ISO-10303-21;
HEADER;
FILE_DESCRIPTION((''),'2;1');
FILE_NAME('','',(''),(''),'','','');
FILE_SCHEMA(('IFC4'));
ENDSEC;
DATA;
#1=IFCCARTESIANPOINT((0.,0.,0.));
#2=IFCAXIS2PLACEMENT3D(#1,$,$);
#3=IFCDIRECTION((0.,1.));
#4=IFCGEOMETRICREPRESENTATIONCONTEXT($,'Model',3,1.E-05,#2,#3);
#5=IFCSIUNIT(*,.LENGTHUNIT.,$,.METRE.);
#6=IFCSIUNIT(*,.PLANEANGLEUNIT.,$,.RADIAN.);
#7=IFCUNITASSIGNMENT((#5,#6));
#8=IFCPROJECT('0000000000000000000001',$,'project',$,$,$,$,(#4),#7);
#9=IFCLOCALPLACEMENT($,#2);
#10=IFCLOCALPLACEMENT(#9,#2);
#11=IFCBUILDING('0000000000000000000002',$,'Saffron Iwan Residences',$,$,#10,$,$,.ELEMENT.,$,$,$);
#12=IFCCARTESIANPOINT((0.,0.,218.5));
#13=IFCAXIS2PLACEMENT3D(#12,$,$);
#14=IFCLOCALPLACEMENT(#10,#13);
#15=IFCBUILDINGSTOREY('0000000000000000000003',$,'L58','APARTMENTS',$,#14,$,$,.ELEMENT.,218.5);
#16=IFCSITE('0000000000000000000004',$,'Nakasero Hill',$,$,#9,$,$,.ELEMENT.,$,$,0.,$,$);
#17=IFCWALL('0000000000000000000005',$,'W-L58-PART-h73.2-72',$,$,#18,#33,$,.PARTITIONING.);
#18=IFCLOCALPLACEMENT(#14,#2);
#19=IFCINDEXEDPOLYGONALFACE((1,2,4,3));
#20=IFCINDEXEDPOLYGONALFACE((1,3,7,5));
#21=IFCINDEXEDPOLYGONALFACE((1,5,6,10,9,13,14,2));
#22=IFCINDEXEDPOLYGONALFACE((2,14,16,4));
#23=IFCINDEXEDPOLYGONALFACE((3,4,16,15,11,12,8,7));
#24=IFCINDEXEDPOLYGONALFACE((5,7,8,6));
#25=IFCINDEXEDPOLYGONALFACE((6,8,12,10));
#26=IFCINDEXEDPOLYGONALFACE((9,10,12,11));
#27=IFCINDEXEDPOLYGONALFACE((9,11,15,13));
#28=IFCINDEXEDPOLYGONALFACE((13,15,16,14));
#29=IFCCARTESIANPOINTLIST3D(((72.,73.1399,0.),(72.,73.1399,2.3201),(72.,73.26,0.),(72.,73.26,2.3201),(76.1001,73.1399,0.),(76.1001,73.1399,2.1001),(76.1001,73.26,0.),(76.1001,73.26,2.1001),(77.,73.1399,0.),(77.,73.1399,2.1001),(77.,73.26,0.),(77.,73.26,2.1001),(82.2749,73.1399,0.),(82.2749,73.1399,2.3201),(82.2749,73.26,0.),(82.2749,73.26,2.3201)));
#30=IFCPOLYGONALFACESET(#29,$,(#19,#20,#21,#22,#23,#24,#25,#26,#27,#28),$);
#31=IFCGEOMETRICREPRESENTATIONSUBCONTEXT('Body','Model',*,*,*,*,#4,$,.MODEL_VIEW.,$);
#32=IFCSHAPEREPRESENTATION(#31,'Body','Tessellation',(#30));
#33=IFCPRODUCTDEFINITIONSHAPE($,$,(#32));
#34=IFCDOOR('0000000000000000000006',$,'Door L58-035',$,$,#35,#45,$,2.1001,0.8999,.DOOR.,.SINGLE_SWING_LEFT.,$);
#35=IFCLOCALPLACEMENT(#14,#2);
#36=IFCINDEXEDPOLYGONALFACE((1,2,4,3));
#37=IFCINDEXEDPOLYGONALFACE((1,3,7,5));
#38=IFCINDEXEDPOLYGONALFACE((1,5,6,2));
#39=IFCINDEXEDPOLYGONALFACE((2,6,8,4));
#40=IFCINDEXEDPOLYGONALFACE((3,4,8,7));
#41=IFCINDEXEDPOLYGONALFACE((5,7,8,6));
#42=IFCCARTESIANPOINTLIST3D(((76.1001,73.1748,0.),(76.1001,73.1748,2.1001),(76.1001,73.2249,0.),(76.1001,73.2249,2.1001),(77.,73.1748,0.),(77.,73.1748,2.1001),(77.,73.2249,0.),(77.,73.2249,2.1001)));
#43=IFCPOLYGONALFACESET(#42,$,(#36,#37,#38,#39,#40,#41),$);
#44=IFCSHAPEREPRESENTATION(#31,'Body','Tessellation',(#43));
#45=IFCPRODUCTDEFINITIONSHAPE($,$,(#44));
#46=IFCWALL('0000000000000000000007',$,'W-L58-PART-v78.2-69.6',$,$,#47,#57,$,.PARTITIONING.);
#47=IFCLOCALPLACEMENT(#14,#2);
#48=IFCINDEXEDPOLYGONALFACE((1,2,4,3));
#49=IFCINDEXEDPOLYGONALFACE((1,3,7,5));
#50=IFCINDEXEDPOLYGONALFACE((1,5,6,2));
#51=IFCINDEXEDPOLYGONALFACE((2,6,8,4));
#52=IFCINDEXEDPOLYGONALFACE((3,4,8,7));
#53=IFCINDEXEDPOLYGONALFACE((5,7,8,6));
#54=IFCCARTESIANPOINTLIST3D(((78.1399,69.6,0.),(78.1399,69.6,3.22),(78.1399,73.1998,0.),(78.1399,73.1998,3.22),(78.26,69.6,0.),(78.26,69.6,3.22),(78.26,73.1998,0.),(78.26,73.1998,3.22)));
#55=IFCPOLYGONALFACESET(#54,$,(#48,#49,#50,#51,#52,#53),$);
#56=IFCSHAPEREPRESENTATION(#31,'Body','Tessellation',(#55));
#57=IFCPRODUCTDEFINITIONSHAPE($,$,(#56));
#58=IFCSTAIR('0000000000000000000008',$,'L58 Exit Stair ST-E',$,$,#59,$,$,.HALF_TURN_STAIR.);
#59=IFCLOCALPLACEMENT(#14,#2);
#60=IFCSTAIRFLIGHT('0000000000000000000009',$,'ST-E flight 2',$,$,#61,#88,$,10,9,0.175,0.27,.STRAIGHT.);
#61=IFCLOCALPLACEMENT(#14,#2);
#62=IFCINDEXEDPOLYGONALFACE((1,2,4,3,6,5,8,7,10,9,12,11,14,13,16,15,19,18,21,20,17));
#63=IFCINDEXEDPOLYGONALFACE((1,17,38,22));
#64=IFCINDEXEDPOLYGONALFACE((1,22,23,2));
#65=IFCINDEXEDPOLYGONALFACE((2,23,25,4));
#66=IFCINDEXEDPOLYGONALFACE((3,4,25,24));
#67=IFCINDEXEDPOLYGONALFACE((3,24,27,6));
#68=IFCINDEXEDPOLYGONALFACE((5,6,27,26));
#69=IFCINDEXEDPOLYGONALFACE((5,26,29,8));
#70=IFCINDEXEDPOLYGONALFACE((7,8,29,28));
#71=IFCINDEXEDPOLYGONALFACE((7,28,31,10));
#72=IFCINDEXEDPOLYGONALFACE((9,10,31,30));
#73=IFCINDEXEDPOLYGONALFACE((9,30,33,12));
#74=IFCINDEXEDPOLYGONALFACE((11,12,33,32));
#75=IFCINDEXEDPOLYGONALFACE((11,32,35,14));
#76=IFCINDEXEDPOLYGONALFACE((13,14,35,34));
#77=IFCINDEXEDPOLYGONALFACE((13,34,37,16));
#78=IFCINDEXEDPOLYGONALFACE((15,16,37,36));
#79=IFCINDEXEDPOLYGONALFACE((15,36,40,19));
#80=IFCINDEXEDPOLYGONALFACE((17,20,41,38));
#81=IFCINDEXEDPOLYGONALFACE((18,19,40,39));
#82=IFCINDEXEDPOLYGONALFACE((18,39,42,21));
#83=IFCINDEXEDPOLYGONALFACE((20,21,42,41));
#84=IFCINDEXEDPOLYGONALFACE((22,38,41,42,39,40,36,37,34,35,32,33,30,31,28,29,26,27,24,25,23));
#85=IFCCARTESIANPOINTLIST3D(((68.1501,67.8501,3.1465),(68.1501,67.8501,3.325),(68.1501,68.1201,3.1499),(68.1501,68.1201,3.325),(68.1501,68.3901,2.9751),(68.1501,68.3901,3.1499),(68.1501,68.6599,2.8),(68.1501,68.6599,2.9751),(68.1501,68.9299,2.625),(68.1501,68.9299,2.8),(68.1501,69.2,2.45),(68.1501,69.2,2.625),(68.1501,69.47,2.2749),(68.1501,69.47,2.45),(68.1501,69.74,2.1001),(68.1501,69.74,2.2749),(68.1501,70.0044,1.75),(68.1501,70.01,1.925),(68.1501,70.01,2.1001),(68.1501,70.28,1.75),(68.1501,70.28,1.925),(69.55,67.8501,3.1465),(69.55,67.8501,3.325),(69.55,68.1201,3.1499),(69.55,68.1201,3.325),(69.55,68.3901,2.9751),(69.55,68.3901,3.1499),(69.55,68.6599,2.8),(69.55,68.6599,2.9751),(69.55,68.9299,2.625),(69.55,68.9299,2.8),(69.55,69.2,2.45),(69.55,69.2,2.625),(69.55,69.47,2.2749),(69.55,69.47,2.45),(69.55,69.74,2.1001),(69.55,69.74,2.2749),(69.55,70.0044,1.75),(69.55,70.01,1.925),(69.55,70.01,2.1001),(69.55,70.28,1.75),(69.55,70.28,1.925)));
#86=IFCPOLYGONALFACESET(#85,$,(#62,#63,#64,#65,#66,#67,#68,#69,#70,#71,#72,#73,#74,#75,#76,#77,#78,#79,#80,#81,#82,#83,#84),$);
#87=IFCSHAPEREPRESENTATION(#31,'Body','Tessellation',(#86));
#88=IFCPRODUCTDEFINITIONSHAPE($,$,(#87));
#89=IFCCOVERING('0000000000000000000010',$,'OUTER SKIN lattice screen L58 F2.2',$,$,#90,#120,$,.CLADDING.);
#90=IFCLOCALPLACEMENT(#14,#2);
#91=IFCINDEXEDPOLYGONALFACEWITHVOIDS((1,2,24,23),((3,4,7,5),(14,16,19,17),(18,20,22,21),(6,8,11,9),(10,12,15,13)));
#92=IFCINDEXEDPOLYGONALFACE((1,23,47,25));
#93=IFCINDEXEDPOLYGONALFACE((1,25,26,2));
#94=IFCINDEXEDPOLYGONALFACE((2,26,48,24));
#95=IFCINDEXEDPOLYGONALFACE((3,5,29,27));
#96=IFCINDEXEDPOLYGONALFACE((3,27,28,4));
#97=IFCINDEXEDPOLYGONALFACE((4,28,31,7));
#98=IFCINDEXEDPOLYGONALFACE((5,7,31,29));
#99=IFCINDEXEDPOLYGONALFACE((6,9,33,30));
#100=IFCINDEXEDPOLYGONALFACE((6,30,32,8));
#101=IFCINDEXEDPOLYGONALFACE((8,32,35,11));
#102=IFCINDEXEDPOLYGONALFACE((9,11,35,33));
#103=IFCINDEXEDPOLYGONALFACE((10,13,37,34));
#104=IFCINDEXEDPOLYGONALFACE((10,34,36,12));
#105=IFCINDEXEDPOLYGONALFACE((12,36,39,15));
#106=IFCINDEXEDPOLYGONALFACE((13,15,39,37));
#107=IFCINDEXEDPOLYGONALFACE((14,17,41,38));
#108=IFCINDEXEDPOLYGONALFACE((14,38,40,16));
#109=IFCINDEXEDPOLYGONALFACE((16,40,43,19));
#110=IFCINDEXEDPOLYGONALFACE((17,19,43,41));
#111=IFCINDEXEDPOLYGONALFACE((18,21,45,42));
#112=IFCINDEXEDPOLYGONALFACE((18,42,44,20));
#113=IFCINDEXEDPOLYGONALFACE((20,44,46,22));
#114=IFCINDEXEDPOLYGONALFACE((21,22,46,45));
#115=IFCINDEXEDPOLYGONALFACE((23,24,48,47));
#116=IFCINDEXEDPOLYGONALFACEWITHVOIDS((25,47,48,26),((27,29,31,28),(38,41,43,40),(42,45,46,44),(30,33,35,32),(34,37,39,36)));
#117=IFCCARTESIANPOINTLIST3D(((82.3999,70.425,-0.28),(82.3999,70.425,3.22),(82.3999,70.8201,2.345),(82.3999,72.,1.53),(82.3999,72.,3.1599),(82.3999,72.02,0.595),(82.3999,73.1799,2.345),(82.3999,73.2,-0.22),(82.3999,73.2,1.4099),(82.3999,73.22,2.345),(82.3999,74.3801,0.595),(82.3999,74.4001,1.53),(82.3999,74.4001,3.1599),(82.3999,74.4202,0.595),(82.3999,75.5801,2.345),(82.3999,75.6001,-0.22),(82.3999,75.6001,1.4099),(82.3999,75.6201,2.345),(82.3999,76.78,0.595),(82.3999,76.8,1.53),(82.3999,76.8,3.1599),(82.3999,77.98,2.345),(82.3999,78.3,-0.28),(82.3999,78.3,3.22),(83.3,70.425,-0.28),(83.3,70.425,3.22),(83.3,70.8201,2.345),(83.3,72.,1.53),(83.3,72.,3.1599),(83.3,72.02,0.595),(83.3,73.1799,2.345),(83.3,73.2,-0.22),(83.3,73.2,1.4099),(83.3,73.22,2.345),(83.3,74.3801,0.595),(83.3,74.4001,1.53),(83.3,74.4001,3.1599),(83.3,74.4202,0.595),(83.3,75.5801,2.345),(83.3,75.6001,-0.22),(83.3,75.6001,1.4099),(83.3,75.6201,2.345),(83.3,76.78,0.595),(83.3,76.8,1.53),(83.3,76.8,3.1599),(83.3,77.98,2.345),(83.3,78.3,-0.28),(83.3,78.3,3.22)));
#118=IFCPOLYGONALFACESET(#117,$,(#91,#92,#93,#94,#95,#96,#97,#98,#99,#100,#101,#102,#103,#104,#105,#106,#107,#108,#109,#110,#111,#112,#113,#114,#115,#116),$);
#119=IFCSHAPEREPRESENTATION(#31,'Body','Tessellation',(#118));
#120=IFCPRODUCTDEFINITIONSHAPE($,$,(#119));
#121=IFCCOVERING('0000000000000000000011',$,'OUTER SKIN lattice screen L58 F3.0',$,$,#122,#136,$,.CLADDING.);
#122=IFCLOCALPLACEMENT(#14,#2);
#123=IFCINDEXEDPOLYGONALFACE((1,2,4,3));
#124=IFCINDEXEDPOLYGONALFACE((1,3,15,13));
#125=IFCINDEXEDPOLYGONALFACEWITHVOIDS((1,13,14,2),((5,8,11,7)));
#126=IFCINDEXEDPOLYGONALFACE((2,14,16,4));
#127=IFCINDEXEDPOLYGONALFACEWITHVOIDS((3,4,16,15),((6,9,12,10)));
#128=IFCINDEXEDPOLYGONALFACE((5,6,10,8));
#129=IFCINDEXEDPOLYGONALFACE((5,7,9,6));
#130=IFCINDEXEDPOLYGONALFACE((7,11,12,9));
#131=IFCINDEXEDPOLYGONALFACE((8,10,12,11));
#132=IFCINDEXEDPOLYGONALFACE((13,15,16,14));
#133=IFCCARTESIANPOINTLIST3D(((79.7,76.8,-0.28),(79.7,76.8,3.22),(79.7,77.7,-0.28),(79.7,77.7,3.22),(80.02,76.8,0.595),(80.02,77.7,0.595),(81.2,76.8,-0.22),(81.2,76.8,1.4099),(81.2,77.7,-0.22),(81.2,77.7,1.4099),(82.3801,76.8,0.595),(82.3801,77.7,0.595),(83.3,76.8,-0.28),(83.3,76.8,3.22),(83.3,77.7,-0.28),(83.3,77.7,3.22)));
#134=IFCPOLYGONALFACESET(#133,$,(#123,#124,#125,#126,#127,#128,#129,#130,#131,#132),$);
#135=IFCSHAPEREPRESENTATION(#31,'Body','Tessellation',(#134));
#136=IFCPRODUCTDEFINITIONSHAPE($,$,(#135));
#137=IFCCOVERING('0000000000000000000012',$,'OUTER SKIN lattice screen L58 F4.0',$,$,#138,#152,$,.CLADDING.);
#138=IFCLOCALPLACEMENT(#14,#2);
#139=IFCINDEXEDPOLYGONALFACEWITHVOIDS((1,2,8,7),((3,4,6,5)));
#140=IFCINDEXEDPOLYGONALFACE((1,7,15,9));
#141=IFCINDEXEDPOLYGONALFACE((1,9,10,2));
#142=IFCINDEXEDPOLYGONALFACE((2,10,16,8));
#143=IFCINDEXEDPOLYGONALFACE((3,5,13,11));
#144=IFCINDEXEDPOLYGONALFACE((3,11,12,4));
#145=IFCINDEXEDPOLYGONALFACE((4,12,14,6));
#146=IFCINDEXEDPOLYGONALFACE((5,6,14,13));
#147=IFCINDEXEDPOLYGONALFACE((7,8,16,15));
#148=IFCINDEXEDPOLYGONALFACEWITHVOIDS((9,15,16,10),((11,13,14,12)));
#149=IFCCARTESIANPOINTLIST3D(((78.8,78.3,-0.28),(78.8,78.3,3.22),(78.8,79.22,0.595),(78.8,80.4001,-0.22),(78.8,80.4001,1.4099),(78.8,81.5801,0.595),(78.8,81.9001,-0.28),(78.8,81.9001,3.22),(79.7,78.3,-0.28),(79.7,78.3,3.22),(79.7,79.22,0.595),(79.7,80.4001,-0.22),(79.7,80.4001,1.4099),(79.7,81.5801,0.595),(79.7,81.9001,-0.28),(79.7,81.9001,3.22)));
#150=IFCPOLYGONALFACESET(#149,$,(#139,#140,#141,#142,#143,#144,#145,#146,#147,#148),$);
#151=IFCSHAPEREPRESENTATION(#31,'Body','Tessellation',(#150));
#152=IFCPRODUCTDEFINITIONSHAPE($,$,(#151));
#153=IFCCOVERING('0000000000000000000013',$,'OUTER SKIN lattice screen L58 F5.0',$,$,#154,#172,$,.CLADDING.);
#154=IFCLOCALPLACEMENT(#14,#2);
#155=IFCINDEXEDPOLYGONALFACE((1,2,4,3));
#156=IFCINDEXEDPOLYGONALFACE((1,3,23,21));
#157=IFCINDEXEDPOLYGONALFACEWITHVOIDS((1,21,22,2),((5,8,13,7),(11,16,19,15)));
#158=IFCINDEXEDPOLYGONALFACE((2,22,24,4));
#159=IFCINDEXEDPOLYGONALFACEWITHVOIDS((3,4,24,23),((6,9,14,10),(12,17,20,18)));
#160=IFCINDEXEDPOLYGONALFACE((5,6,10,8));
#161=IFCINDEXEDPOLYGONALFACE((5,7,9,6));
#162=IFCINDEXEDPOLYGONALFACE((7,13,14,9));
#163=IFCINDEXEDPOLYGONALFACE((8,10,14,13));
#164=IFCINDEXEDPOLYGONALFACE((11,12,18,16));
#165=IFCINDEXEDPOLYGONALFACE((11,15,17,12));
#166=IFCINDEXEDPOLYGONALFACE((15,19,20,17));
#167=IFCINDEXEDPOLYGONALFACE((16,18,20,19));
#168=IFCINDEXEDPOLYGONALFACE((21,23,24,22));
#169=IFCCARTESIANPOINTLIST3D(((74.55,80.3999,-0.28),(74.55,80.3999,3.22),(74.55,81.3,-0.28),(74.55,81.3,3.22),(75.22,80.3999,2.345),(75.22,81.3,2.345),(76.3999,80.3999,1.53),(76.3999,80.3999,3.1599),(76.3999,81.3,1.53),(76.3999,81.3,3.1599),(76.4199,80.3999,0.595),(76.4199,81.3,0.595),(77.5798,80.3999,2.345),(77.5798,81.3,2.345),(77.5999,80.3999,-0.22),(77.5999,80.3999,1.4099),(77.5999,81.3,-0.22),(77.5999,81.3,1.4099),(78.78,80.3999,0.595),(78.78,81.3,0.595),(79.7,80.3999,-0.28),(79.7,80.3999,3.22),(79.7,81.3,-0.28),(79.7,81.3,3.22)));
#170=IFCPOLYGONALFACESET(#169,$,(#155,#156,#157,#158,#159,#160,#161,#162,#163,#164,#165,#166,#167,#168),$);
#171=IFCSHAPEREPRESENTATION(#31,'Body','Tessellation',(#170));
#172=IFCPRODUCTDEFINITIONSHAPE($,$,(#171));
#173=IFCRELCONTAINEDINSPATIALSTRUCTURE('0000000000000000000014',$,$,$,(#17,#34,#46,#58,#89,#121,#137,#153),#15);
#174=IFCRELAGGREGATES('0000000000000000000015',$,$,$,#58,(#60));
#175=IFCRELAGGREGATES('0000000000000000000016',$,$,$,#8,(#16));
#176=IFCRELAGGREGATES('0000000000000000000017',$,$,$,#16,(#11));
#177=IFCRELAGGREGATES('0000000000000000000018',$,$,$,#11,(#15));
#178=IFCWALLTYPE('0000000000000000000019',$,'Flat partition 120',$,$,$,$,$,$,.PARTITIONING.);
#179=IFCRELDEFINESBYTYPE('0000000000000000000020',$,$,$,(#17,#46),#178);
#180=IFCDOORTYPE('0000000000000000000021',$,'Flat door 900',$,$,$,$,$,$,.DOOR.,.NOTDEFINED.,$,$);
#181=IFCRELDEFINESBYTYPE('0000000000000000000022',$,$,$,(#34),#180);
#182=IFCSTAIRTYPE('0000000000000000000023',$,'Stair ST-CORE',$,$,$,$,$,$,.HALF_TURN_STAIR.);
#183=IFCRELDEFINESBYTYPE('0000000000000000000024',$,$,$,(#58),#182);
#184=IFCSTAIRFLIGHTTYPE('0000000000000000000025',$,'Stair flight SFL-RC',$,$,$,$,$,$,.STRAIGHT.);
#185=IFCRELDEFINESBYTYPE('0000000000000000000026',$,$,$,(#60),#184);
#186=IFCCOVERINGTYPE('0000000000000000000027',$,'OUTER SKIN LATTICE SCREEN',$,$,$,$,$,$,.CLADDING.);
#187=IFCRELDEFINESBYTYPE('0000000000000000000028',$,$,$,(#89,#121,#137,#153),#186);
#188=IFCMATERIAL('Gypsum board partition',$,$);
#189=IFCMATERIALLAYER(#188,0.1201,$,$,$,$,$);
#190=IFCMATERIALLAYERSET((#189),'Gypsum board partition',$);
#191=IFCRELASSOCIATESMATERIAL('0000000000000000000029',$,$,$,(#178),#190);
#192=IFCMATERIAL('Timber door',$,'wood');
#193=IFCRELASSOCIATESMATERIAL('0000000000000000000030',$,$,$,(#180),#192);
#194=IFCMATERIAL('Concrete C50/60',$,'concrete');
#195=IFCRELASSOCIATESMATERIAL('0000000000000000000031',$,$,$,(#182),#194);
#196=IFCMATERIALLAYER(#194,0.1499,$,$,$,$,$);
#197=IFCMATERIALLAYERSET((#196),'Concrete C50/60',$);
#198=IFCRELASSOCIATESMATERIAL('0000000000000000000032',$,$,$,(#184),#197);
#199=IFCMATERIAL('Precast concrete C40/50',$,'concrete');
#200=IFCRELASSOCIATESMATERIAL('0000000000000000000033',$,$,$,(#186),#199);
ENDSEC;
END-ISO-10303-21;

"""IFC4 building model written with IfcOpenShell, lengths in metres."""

from ifc_helpers import new_model, si_unit, direction, frame, frame_2d, origin, place, context, subcontext, project, spatial, polyline, rectangle, outline, extrude, material, layer, layer_set, type_object, element, fill, aggregate, save


model = new_model("IFC4")

# Units and contexts
model_context = context("Model", 3, precision=1e-05, world=origin(), true_north=direction((0.0, 1.0)))
body_context = subcontext(model_context, "Body", "Model", "MODEL_VIEW")
ifc_project = project(units=[si_unit("LENGTHUNIT", "METRE"), si_unit("PLANEANGLEUNIT", "RADIAN")], contexts=[model_context])

# Site, building, storey
site_placement = place(None, origin())
site = spatial("IfcSite", under=ifc_project, at=site_placement, Name="Nakasero Hill", CompositionType="ELEMENT", RefElevation=0.0)
building_placement = place(site_placement, origin())
building = spatial("IfcBuilding", under=site, at=building_placement, Name="Saffron Iwan Residences", CompositionType="ELEMENT")
storey_placement = place(building_placement, frame((0.0, 0.0, 218.5)))
storey = spatial("IfcBuildingStorey", under=building, at=storey_placement, Name="L58", Description="APARTMENTS", CompositionType="ELEMENT", Elevation=218.5)

# Shared definitions
ifc_material_1 = material(Name="Gypsum board partition")
ifc_layer_1 = layer(ifc_material_1, 0.1201)
ifc_layer_set_1 = layer_set([ifc_layer_1], Name="Gypsum board partition")
wall_type_1 = type_object("IfcWallType", Name="Flat partition 120", PredefinedType="PARTITIONING", material=ifc_layer_set_1)
ifc_material_2 = material(Name="Timber door", Category="wood")

# Wall, opening, door
wall_1_placement = place(storey_placement, frame((72.0, 73.2, 0.0), z_axis=(0.0, 0.0, 1.0), x_axis=(1.0, 0.0, 0.0)))
wall_1 = element("IfcWall", 1, at=wall_1_placement, inside=storey, type_object=wall_type_1, Name="W-L58-PART-h73.2-72", PredefinedType="PARTITIONING", context=body_context, shape_type="SweptSolid", body=[
    extrude(rectangle(XDim=10.2749, YDim=0.1201, at=frame_2d((5.1375, 0.0))), origin(), (0.0, 0.0, 1.0), 2.3201),
])
opening_1_placement = place(wall_1_placement, frame((4.1001, 0.0, 0.0)))
opening_1 = element("IfcOpeningElement", 2, at=opening_1_placement, cuts=wall_1, PredefinedType="OPENING", context=body_context, shape_type="SweptSolid", body=[
    extrude(rectangle(XDim=0.8999, YDim=2.1001, at=frame_2d((0.45, 1.05))), frame((0.0, 0.0701, 0.0), z_axis=(0.0, -1.0, 0.0), x_axis=(1.0, 0.0, 0.0)), (0.0, 0.0, 1.0), 0.1401),
])
door_type_1 = type_object("IfcDoorType", Name="Flat door 900", OperationType="NOTDEFINED", PredefinedType="DOOR", material=ifc_material_2)
door_1_placement = place(opening_1_placement, origin())
door_1 = element("IfcDoor", 3, at=door_1_placement, inside=storey, type_object=door_type_1, Name="Door L58-035", OperationType="SINGLE_SWING_LEFT", OverallHeight=2.1001, OverallWidth=0.8999, PredefinedType="DOOR", context=body_context, shape_type="SweptSolid", body=[
    extrude(rectangle(XDim=0.8999, YDim=2.1001, at=frame_2d((0.45, 1.05))), frame((0.0, 0.0249, 0.0), z_axis=(0.0, -1.0, 0.0), x_axis=(1.0, 0.0, 0.0)), (0.0, 0.0, 1.0), 0.05),
])
fill(opening_1, door_1)

# Wall
wall_2_placement = place(storey_placement, frame((78.2, 69.6001, 0.0), z_axis=(0.0, 0.0, 1.0), x_axis=(0.0, 1.0, 0.0)))
element("IfcWall", 4, at=wall_2_placement, inside=storey, type_object=wall_type_1, Name="W-L58-PART-v78.2-69.6", PredefinedType="PARTITIONING", context=body_context, shape_type="SweptSolid", body=[
    extrude(rectangle(XDim=3.5999, YDim=0.1201, at=frame_2d((1.7998, 0.0))), origin(), (0.0, 0.0, 1.0), 3.22),
])

# Stair, stair flight
ifc_material_3 = material(Name="Concrete C50/60", Category="concrete")
stair_type = type_object("IfcStairType", Name="Stair ST-CORE", PredefinedType="HALF_TURN_STAIR", material=ifc_material_3)
stair_placement = place(storey_placement, origin())
stair = element("IfcStair", 5, at=stair_placement, inside=storey, type_object=stair_type, Name="L58 Exit Stair ST-E", PredefinedType="HALF_TURN_STAIR")
ifc_layer_2 = layer(ifc_material_3, 0.1499)
ifc_layer_set_2 = layer_set([ifc_layer_2], Name="Concrete C50/60")
stair_flight_type = type_object("IfcStairFlightType", Name="Stair flight SFL-RC", PredefinedType="STRAIGHT", material=ifc_layer_set_2)
stair_flight_placement = place(storey_placement, frame((68.8501, 70.28, 1.75), z_axis=(0.0, 0.0, 1.0), x_axis=(0.0, -1.0, 0.0)))
stair_flight = element("IfcStairFlight", 6, at=stair_flight_placement, type_object=stair_flight_type, Name="ST-E flight 2", NumberOfRisers=10, NumberOfTreads=9, PredefinedType="STRAIGHT", RiserHeight=0.175, TreadLength=0.27, context=body_context, shape_type="SweptSolid", body=[
    extrude(outline(polyline([(0.0, 0.0), (0.0, 0.175), (0.27, 0.175), (0.27, 0.3501), (0.54, 0.3501), (0.54, 0.5249), (0.8101, 0.5249), (0.8101, 0.7), (1.0801, 0.7), (1.0801, 0.875), (1.3501, 0.875), (1.3501, 1.05), (1.6201, 1.05), (1.6201, 1.2251), (1.8899, 1.2251), (1.8899, 1.3999), (2.1599, 1.3999), (2.1599, 1.575), (2.4299, 1.575), (2.4299, 1.75), (2.4299, 1.3965), (0.2756, 0.0), (0.0, 0.0)])), frame((0.0, 0.7, 0.0), z_axis=(0.0, -1.0, 0.0), x_axis=(1.0, 0.0, 0.0)), (0.0, 0.0, 1.0), 1.3999),
])
aggregate(stair, [stair_flight])

# Coverings
ifc_material_4 = material(Name="Precast concrete C40/50", Category="concrete")
covering_type_1 = type_object("IfcCoveringType", Name="OUTER SKIN LATTICE SCREEN", PredefinedType="CLADDING", material=ifc_material_4)
covering_1_placement = place(storey_placement, frame((82.3999, 70.425, -0.28), z_axis=(1.0, 0.0, 0.0), x_axis=(0.0, 1.0, 0.0)))
element("IfcCovering", 7, at=covering_1_placement, inside=storey, type_object=covering_type_1, Name="OUTER SKIN lattice screen L58 F2.2", PredefinedType="CLADDING", context=body_context, shape_type="SweptSolid", body=[
    extrude(outline(polyline([(0.0, 0.0), (7.875, 0.0), (7.875, 3.5), (0.0, 3.5), (0.0, 0.0)]), holes=[polyline([(1.595, 0.875), (2.7749, 0.0601), (3.9551, 0.875), (2.7749, 1.6899), (1.595, 0.875)]), polyline([(3.9951, 0.875), (5.175, 0.0601), (6.355, 0.875), (5.175, 1.6899), (3.9951, 0.875)]), polyline([(0.395, 2.625), (1.575, 1.8101), (2.7549, 2.625), (1.575, 3.4399), (0.395, 2.625)]), polyline([(2.7949, 2.625), (3.9751, 1.8101), (5.155, 2.625), (3.9751, 3.4399), (2.7949, 2.625)]), polyline([(5.1951, 2.625), (6.375, 1.8101), (7.5549, 2.625), (6.375, 3.4399), (5.1951, 2.625)])]), origin(), (0.0, 0.0, 1.0), 0.9001),
])
for number, where, z_axis, x_axis, name in (
    (8, (83.3, 76.8, -0.28), (0.0, 1.0, 0.0), (-1.0, 0.0, 0.0), "OUTER SKIN lattice screen L58 F3.0"),
    (9, (78.8, 78.3, -0.28), (1.0, 0.0, 0.0), (0.0, 1.0, 0.0), "OUTER SKIN lattice screen L58 F4.0"),
):
    element("IfcCovering", number, at=place(storey_placement, frame(where, z_axis=z_axis, x_axis=x_axis)), inside=storey, type_object=covering_type_1, Name=name, PredefinedType="CLADDING", context=body_context, shape_type="SweptSolid", body=[
        extrude(outline(polyline([(0.0, 0.0), (3.6001, 0.0), (3.6001, 3.5), (0.0, 3.5), (0.0, 0.0)]), holes=[polyline([(0.9199, 0.875), (2.1001, 0.0601), (3.28, 0.875), (2.1001, 1.6899), (0.9199, 0.875)])]), origin(), (0.0, 0.0, 1.0), 0.8999),
    ])
covering_2_placement = place(storey_placement, frame((79.7, 80.3999, -0.28), z_axis=(0.0, 1.0, 0.0), x_axis=(-1.0, 0.0, 0.0)))
element("IfcCovering", 10, at=covering_2_placement, inside=storey, type_object=covering_type_1, Name="OUTER SKIN lattice screen L58 F5.0", PredefinedType="CLADDING", context=body_context, shape_type="SweptSolid", body=[
    extrude(outline(polyline([(0.0, 0.0), (5.1499, 0.0), (5.1499, 3.5), (0.0, 3.5), (0.0, 0.0)]), holes=[polyline([(0.9199, 0.875), (2.1001, 0.0601), (3.28, 0.875), (2.1001, 1.6899), (0.9199, 0.875)]), polyline([(2.1201, 2.625), (3.3, 1.8101), (4.48, 2.625), (3.3, 3.4399), (2.1201, 2.625)])]), origin(), (0.0, 0.0, 1.0), 0.9001),
])

save(model, "model.ifc")
